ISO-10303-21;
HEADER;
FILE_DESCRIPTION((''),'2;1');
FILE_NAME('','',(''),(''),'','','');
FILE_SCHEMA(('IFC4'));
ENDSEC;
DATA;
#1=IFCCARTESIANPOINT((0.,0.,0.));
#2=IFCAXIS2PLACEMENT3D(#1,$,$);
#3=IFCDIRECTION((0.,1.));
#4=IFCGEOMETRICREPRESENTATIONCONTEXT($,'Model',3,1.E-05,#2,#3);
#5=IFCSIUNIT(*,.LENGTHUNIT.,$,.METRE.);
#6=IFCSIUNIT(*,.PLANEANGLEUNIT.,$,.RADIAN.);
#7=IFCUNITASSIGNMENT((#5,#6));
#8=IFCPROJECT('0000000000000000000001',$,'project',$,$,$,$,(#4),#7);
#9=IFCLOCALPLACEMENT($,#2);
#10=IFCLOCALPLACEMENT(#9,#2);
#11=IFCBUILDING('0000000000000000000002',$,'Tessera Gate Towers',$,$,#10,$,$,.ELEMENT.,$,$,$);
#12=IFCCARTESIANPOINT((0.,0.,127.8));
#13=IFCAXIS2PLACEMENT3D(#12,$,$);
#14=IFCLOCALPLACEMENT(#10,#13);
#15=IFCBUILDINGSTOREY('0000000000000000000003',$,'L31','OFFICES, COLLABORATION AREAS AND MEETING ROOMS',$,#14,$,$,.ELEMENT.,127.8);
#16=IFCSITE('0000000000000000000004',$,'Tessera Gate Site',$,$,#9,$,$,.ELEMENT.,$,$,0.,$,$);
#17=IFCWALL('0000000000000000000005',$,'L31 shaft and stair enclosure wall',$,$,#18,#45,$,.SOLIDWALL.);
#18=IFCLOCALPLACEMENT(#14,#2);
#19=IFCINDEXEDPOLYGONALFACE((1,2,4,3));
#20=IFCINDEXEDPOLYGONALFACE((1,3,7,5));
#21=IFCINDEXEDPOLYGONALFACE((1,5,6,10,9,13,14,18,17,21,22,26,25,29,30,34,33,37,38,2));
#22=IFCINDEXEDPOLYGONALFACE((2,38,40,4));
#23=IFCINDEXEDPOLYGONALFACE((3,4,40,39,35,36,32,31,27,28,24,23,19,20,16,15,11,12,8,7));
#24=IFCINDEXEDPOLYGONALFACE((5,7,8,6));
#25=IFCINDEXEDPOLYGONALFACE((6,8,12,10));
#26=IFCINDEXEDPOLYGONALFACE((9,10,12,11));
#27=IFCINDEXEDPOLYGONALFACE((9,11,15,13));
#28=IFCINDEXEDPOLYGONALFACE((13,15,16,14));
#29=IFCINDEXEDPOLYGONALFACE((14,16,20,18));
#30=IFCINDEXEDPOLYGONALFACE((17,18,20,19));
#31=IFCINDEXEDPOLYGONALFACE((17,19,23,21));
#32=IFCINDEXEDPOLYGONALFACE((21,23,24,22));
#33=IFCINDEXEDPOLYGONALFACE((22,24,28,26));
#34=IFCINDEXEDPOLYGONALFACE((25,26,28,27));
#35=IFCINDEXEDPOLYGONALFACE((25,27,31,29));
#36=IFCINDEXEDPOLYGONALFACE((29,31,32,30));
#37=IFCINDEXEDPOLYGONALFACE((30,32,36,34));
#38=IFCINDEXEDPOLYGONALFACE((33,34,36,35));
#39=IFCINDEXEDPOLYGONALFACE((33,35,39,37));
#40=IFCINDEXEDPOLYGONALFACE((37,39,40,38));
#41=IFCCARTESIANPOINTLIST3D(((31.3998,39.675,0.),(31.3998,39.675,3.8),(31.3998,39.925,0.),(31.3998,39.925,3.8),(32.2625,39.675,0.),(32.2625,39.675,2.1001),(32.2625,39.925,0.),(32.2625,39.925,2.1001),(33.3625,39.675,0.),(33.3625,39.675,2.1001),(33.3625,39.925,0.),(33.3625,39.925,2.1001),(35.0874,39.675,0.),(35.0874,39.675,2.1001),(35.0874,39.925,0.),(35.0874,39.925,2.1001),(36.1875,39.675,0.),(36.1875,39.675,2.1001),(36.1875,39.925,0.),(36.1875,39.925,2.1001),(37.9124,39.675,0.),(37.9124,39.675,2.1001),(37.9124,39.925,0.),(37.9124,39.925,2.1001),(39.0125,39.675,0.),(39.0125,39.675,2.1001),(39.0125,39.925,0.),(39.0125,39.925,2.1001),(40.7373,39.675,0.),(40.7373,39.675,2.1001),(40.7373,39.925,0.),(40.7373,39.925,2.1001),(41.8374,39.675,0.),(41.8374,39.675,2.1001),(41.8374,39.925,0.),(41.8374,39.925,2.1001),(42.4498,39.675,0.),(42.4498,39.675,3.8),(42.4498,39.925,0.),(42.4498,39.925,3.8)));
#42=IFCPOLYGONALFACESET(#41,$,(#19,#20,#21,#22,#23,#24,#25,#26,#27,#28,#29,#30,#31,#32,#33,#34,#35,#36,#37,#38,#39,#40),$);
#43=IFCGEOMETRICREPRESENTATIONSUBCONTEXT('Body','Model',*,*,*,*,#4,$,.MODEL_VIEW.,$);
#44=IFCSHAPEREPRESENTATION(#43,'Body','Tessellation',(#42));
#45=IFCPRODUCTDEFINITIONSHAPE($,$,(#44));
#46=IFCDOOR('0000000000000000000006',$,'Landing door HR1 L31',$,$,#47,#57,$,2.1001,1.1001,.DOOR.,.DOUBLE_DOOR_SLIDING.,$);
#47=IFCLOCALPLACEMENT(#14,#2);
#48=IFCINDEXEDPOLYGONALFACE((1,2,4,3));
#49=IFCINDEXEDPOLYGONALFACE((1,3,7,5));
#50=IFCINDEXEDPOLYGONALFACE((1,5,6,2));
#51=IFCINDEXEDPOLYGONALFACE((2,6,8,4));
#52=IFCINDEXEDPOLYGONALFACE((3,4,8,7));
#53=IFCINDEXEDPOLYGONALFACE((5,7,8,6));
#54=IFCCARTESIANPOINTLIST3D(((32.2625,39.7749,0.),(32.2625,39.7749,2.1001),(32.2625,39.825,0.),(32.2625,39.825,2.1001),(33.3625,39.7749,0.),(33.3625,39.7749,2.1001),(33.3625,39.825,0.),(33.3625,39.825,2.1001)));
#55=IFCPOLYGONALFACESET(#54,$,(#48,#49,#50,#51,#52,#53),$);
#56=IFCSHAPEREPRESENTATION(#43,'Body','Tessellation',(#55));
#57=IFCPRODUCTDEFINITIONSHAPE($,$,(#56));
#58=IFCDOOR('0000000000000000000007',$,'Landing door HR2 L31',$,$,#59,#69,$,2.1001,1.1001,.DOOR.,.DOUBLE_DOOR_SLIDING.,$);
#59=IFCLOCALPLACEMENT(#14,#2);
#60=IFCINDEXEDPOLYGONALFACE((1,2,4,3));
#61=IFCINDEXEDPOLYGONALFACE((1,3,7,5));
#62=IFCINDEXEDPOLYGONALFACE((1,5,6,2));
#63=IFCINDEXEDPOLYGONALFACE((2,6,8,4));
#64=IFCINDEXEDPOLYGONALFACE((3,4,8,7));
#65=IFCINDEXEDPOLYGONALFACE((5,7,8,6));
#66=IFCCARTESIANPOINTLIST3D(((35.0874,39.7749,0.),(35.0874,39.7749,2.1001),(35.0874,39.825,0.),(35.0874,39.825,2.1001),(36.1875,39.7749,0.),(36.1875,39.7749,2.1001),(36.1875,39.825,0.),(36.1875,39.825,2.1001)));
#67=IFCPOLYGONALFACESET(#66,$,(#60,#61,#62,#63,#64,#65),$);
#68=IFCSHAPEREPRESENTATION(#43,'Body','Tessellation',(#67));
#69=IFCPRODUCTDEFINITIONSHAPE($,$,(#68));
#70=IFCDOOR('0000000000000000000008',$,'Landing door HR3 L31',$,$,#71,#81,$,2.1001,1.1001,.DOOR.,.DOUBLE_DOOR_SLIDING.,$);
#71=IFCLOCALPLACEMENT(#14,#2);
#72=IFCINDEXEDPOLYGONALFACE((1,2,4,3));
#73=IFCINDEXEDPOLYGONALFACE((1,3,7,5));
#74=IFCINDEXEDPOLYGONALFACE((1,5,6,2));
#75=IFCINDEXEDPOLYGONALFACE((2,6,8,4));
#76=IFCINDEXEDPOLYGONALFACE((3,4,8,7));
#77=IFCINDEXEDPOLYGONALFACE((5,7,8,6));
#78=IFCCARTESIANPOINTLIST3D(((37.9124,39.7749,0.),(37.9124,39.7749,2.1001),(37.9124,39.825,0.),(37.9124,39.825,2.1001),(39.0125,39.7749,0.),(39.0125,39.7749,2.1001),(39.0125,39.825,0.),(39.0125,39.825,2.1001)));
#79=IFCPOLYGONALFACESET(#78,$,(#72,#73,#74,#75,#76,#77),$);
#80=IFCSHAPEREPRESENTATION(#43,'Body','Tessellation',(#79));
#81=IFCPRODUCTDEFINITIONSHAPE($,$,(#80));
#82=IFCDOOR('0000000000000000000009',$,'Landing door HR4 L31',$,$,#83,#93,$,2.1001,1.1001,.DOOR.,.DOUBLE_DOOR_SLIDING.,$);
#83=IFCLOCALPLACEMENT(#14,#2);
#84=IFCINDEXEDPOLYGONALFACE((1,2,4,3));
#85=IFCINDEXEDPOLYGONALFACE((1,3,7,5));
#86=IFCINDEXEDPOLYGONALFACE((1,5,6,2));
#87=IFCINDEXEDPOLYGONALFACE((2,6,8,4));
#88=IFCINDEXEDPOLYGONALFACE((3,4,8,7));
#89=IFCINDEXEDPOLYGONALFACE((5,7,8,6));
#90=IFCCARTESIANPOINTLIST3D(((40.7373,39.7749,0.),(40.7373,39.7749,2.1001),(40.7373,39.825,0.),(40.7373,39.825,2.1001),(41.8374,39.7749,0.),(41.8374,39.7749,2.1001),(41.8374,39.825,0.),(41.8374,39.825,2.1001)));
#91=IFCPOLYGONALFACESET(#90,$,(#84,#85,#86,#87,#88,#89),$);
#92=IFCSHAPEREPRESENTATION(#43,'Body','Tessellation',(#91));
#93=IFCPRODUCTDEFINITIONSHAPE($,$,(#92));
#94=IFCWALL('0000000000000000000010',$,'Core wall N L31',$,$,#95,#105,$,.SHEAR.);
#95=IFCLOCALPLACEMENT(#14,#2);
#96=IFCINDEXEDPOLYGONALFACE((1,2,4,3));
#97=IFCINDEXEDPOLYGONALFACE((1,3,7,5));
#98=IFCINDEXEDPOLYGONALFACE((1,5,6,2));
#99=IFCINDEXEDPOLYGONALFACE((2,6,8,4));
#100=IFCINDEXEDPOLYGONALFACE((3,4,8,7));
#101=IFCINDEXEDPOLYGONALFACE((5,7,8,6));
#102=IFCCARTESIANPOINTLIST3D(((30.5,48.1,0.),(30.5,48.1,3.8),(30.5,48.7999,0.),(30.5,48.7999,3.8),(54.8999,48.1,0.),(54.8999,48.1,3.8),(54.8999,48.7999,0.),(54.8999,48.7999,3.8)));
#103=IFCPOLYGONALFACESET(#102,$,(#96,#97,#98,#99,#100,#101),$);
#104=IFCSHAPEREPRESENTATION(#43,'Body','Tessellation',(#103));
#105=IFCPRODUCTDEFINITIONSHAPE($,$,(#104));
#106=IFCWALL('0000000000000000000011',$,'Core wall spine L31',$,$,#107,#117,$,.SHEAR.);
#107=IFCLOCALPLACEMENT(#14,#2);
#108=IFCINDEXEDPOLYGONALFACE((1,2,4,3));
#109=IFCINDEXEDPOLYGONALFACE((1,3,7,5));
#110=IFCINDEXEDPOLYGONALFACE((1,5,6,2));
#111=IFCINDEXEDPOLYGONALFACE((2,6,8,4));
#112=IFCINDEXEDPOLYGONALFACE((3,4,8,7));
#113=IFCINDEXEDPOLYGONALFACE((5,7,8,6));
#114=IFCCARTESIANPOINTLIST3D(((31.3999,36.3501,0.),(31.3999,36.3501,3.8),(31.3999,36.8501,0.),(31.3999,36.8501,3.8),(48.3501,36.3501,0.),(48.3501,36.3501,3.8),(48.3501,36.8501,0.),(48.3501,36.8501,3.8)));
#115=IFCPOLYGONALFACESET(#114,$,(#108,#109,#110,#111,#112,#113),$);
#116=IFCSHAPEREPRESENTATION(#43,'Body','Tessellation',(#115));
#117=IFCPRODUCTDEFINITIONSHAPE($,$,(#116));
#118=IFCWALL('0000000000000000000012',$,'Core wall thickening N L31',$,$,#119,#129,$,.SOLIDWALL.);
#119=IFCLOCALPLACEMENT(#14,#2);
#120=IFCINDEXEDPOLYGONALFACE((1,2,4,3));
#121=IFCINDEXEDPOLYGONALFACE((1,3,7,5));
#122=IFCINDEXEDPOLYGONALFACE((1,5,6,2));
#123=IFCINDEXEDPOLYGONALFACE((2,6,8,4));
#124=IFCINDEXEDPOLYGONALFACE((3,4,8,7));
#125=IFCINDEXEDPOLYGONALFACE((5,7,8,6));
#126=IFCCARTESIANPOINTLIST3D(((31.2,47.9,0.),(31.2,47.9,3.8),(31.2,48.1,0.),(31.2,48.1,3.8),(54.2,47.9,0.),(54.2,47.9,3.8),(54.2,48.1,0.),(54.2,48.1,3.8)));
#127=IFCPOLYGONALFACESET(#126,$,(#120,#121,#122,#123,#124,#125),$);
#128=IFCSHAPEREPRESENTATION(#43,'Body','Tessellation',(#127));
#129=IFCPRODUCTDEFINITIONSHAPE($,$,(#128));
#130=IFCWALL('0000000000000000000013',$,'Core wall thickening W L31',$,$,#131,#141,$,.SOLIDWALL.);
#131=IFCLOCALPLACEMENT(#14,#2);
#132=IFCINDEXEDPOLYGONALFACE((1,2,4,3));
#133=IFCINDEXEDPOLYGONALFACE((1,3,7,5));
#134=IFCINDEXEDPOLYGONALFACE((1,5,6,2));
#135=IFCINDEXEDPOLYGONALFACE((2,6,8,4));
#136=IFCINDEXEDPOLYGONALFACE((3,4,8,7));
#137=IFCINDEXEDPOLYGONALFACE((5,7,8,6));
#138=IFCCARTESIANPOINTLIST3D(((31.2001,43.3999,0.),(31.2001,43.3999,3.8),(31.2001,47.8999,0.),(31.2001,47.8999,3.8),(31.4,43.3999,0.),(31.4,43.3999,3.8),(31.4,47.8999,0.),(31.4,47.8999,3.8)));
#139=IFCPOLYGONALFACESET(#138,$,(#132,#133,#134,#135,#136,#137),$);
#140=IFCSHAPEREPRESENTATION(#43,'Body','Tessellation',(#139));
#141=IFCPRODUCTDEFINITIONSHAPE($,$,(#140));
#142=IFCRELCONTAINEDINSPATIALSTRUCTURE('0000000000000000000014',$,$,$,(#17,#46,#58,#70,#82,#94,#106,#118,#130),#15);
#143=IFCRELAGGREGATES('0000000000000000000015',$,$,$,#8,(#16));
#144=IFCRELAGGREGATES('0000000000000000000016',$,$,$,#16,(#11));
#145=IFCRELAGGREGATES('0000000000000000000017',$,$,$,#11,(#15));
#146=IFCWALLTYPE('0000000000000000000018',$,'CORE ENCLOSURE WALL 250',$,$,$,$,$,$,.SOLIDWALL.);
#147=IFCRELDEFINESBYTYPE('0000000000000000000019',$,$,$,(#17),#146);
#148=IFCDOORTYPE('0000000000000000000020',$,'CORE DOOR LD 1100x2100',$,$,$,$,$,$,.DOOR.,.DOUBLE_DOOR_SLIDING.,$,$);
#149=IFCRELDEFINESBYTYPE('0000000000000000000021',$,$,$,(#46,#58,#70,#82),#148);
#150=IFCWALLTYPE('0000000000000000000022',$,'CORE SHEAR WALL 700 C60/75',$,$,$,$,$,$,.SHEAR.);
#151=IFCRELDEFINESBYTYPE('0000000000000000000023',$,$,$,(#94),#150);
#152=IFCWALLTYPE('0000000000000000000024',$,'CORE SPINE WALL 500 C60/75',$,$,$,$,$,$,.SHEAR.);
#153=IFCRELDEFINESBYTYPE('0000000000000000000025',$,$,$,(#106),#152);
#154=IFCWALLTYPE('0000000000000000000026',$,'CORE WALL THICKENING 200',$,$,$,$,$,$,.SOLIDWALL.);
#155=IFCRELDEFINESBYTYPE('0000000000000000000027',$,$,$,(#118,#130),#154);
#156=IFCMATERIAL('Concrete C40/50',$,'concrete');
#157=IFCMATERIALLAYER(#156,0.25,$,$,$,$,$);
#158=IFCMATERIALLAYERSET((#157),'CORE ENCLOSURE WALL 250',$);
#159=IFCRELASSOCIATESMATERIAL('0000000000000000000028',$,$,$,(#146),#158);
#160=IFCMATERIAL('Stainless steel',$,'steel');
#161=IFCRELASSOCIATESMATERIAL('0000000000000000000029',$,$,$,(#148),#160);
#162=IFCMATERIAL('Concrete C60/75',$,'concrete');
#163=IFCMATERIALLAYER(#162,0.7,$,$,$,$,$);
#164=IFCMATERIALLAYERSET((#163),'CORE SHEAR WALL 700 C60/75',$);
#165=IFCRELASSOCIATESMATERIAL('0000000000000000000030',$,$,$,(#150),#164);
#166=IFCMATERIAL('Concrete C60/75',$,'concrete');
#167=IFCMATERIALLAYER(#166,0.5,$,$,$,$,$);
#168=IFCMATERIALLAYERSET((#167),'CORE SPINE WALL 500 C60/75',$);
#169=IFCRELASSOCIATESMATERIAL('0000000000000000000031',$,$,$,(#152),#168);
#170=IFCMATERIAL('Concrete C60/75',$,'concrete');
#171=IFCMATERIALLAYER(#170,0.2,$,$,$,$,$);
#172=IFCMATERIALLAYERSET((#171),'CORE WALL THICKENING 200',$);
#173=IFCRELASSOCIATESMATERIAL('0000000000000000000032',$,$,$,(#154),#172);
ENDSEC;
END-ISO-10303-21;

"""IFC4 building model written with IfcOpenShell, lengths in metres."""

from ifc_helpers import new_model, si_unit, direction, frame, frame_2d, origin, place, context, subcontext, project, spatial, rectangle, extrude, source, transform, mapped, material, layer, layer_set, type_object, element, fill, save


model = new_model("IFC4")

# Units and contexts
model_context = context("Model", 3, precision=1e-05, world=origin(), true_north=direction((0.0, 1.0)))
body_context = subcontext(model_context, "Body", "Model", "MODEL_VIEW")
ifc_project = project(units=[si_unit("LENGTHUNIT", "METRE"), si_unit("PLANEANGLEUNIT", "RADIAN")], contexts=[model_context])

# Site, building, storey
site_placement = place(None, origin())
site = spatial("IfcSite", under=ifc_project, at=site_placement, Name="Tessera Gate Site", CompositionType="ELEMENT", RefElevation=0.0)
building_placement = place(site_placement, origin())
building = spatial("IfcBuilding", under=site, at=building_placement, Name="Tessera Gate Towers", CompositionType="ELEMENT")
storey_placement = place(building_placement, frame((0.0, 0.0, 127.8)))
storey = spatial("IfcBuildingStorey", under=building, at=storey_placement, Name="L31", Description="OFFICES, COLLABORATION AREAS AND MEETING ROOMS", CompositionType="ELEMENT", Elevation=127.8)

# Wall, openings, doors
ifc_material_1 = material(Name="Concrete C40/50", Category="concrete")
ifc_layer_1 = layer(ifc_material_1, 0.25)
ifc_layer_set_1 = layer_set([ifc_layer_1], Name="CORE ENCLOSURE WALL 250")
wall_type_1 = type_object("IfcWallType", Name="CORE ENCLOSURE WALL 250", PredefinedType="SOLIDWALL", material=ifc_layer_set_1)
wall_1_placement = place(storey_placement, frame((31.3999, 39.8, 0.0), z_axis=(0.0, 0.0, 1.0), x_axis=(1.0, 0.0, 0.0)))
wall_1 = element("IfcWall", 1, at=wall_1_placement, inside=storey, type_object=wall_type_1, Name="L31 shaft and stair enclosure wall", PredefinedType="SOLIDWALL", context=body_context, shape_type="SweptSolid", body=[
    extrude(rectangle(XDim=11.05, YDim=0.25, at=frame_2d((5.5249, 0.0))), origin(), (0.0, 0.0, 1.0), 3.8),
])
shared_shape_1 = source(origin(), body_context, "Body", "SweptSolid", [
    extrude(rectangle(XDim=1.1001, YDim=2.1001, at=frame_2d((0.55, 1.05))), frame((0.0, 0.135, 0.0), z_axis=(0.0, -1.0, 0.0), x_axis=(1.0, 0.0, 0.0)), (0.0, 0.0, 1.0), 0.27),
])
opening_1_placement = place(wall_1_placement, frame((0.8625, 0.0, 0.0)))
opening_1 = element("IfcOpeningElement", 2, at=opening_1_placement, cuts=wall_1, PredefinedType="OPENING", context=body_context, shape_type="MappedRepresentation", body=[
    mapped(shared_shape_1, transform((0.0, 0.0, 0.0), scale=1.0)),
])
opening_2_placement = place(wall_1_placement, frame((3.6875, 0.0, 0.0)))
opening_2 = element("IfcOpeningElement", 3, at=opening_2_placement, cuts=wall_1, PredefinedType="OPENING", context=body_context, shape_type="MappedRepresentation", body=[
    mapped(shared_shape_1, transform((0.0, 0.0, 0.0), scale=1.0)),
])
opening_3_placement = place(wall_1_placement, frame((6.5125, 0.0, 0.0)))
opening_3 = element("IfcOpeningElement", 4, at=opening_3_placement, cuts=wall_1, PredefinedType="OPENING", context=body_context, shape_type="MappedRepresentation", body=[
    mapped(shared_shape_1, transform((0.0, 0.0, 0.0), scale=1.0)),
])
opening_4_placement = place(wall_1_placement, frame((9.3374, 0.0, 0.0)))
opening_4 = element("IfcOpeningElement", 5, at=opening_4_placement, cuts=wall_1, PredefinedType="OPENING", context=body_context, shape_type="MappedRepresentation", body=[
    mapped(shared_shape_1, transform((0.0, 0.0, 0.0), scale=1.0)),
])
ifc_material_2 = material(Name="Stainless steel", Category="steel")
door_type_1 = type_object("IfcDoorType", Name="CORE DOOR LD 1100x2100", OperationType="DOUBLE_DOOR_SLIDING", PredefinedType="DOOR", material=ifc_material_2)
shared_shape_2 = source(origin(), body_context, "Body", "SweptSolid", [
    extrude(rectangle(XDim=1.1001, YDim=2.1001, at=frame_2d((0.55, 1.05))), frame((0.0, 0.0249, 0.0), z_axis=(0.0, -1.0, 0.0), x_axis=(1.0, 0.0, 0.0)), (0.0, 0.0, 1.0), 0.05),
])
door_1_placement = place(opening_1_placement, origin())
door_1 = element("IfcDoor", 6, at=door_1_placement, inside=storey, type_object=door_type_1, Name="Landing door HR1 L31", OperationType="DOUBLE_DOOR_SLIDING", OverallHeight=2.1001, OverallWidth=1.1001, PredefinedType="DOOR", context=body_context, shape_type="MappedRepresentation", body=[
    mapped(shared_shape_2, transform((0.0, 0.0, 0.0), scale=1.0)),
])
fill(opening_1, door_1)
door_2_placement = place(opening_2_placement, origin())
door_2 = element("IfcDoor", 7, at=door_2_placement, inside=storey, type_object=door_type_1, Name="Landing door HR2 L31", OperationType="DOUBLE_DOOR_SLIDING", OverallHeight=2.1001, OverallWidth=1.1001, PredefinedType="DOOR", context=body_context, shape_type="MappedRepresentation", body=[
    mapped(shared_shape_2, transform((0.0, 0.0, 0.0), scale=1.0)),
])
fill(opening_2, door_2)
door_3_placement = place(opening_3_placement, origin())
door_3 = element("IfcDoor", 8, at=door_3_placement, inside=storey, type_object=door_type_1, Name="Landing door HR3 L31", OperationType="DOUBLE_DOOR_SLIDING", OverallHeight=2.1001, OverallWidth=1.1001, PredefinedType="DOOR", context=body_context, shape_type="MappedRepresentation", body=[
    mapped(shared_shape_2, transform((0.0, 0.0, 0.0), scale=1.0)),
])
fill(opening_3, door_3)
door_4_placement = place(opening_4_placement, origin())
door_4 = element("IfcDoor", 9, at=door_4_placement, inside=storey, type_object=door_type_1, Name="Landing door HR4 L31", OperationType="DOUBLE_DOOR_SLIDING", OverallHeight=2.1001, OverallWidth=1.1001, PredefinedType="DOOR", context=body_context, shape_type="MappedRepresentation", body=[
    mapped(shared_shape_2, transform((0.0, 0.0, 0.0), scale=1.0)),
])
fill(opening_4, door_4)

# Walls
ifc_material_3 = material(Name="Concrete C60/75", Category="concrete")
ifc_layer_2 = layer(ifc_material_3, 0.7)
ifc_layer_set_2 = layer_set([ifc_layer_2], Name="CORE SHEAR WALL 700 C60/75")
wall_type_2 = type_object("IfcWallType", Name="CORE SHEAR WALL 700 C60/75", PredefinedType="SHEAR", material=ifc_layer_set_2)
wall_2_placement = place(storey_placement, frame((30.5, 48.45, 0.0), z_axis=(0.0, 0.0, 1.0), x_axis=(1.0, 0.0, 0.0)))
element("IfcWall", 10, at=wall_2_placement, inside=storey, type_object=wall_type_2, Name="Core wall N L31", PredefinedType="SHEAR", context=body_context, shape_type="SweptSolid", body=[
    extrude(rectangle(XDim=24.3999, YDim=0.7, at=frame_2d((12.2, 0.0))), origin(), (0.0, 0.0, 1.0), 3.8),
])
ifc_material_4 = material(Name="Concrete C60/75", Category="concrete")
ifc_layer_3 = layer(ifc_material_4, 0.5)
ifc_layer_set_3 = layer_set([ifc_layer_3], Name="CORE SPINE WALL 500 C60/75")
wall_type_3 = type_object("IfcWallType", Name="CORE SPINE WALL 500 C60/75", PredefinedType="SHEAR", material=ifc_layer_set_3)
wall_3_placement = place(storey_placement, frame((31.3999, 36.6001, 0.0), z_axis=(0.0, 0.0, 1.0), x_axis=(1.0, 0.0, 0.0)))
element("IfcWall", 11, at=wall_3_placement, inside=storey, type_object=wall_type_3, Name="Core wall spine L31", PredefinedType="SHEAR", context=body_context, shape_type="SweptSolid", body=[
    extrude(rectangle(XDim=16.9502, YDim=0.5, at=frame_2d((8.4751, 0.0))), origin(), (0.0, 0.0, 1.0), 3.8),
])
ifc_material_5 = material(Name="Concrete C60/75", Category="concrete")
ifc_layer_4 = layer(ifc_material_5, 0.2)
ifc_layer_set_4 = layer_set([ifc_layer_4], Name="CORE WALL THICKENING 200")
wall_type_4 = type_object("IfcWallType", Name="CORE WALL THICKENING 200", PredefinedType="SOLIDWALL", material=ifc_layer_set_4)
wall_4_placement = place(storey_placement, frame((31.2, 48.0, 0.0), z_axis=(0.0, 0.0, 1.0), x_axis=(1.0, 0.0, 0.0)))
element("IfcWall", 12, at=wall_4_placement, inside=storey, type_object=wall_type_4, Name="Core wall thickening N L31", PredefinedType="SOLIDWALL", context=body_context, shape_type="SweptSolid", body=[
    extrude(rectangle(XDim=23.0, YDim=0.2, at=frame_2d((11.5, 0.0))), origin(), (0.0, 0.0, 1.0), 3.8),
])
wall_5_placement = place(storey_placement, frame((31.3, 43.3999, 0.0), z_axis=(0.0, 0.0, 1.0), x_axis=(0.0, 1.0, 0.0)))
element("IfcWall", 13, at=wall_5_placement, inside=storey, type_object=wall_type_4, Name="Core wall thickening W L31", PredefinedType="SOLIDWALL", context=body_context, shape_type="SweptSolid", body=[
    extrude(rectangle(XDim=4.5, YDim=0.2, at=frame_2d((2.25, 0.0))), origin(), (0.0, 0.0, 1.0), 3.8),
])

save(model, "model.ifc")
